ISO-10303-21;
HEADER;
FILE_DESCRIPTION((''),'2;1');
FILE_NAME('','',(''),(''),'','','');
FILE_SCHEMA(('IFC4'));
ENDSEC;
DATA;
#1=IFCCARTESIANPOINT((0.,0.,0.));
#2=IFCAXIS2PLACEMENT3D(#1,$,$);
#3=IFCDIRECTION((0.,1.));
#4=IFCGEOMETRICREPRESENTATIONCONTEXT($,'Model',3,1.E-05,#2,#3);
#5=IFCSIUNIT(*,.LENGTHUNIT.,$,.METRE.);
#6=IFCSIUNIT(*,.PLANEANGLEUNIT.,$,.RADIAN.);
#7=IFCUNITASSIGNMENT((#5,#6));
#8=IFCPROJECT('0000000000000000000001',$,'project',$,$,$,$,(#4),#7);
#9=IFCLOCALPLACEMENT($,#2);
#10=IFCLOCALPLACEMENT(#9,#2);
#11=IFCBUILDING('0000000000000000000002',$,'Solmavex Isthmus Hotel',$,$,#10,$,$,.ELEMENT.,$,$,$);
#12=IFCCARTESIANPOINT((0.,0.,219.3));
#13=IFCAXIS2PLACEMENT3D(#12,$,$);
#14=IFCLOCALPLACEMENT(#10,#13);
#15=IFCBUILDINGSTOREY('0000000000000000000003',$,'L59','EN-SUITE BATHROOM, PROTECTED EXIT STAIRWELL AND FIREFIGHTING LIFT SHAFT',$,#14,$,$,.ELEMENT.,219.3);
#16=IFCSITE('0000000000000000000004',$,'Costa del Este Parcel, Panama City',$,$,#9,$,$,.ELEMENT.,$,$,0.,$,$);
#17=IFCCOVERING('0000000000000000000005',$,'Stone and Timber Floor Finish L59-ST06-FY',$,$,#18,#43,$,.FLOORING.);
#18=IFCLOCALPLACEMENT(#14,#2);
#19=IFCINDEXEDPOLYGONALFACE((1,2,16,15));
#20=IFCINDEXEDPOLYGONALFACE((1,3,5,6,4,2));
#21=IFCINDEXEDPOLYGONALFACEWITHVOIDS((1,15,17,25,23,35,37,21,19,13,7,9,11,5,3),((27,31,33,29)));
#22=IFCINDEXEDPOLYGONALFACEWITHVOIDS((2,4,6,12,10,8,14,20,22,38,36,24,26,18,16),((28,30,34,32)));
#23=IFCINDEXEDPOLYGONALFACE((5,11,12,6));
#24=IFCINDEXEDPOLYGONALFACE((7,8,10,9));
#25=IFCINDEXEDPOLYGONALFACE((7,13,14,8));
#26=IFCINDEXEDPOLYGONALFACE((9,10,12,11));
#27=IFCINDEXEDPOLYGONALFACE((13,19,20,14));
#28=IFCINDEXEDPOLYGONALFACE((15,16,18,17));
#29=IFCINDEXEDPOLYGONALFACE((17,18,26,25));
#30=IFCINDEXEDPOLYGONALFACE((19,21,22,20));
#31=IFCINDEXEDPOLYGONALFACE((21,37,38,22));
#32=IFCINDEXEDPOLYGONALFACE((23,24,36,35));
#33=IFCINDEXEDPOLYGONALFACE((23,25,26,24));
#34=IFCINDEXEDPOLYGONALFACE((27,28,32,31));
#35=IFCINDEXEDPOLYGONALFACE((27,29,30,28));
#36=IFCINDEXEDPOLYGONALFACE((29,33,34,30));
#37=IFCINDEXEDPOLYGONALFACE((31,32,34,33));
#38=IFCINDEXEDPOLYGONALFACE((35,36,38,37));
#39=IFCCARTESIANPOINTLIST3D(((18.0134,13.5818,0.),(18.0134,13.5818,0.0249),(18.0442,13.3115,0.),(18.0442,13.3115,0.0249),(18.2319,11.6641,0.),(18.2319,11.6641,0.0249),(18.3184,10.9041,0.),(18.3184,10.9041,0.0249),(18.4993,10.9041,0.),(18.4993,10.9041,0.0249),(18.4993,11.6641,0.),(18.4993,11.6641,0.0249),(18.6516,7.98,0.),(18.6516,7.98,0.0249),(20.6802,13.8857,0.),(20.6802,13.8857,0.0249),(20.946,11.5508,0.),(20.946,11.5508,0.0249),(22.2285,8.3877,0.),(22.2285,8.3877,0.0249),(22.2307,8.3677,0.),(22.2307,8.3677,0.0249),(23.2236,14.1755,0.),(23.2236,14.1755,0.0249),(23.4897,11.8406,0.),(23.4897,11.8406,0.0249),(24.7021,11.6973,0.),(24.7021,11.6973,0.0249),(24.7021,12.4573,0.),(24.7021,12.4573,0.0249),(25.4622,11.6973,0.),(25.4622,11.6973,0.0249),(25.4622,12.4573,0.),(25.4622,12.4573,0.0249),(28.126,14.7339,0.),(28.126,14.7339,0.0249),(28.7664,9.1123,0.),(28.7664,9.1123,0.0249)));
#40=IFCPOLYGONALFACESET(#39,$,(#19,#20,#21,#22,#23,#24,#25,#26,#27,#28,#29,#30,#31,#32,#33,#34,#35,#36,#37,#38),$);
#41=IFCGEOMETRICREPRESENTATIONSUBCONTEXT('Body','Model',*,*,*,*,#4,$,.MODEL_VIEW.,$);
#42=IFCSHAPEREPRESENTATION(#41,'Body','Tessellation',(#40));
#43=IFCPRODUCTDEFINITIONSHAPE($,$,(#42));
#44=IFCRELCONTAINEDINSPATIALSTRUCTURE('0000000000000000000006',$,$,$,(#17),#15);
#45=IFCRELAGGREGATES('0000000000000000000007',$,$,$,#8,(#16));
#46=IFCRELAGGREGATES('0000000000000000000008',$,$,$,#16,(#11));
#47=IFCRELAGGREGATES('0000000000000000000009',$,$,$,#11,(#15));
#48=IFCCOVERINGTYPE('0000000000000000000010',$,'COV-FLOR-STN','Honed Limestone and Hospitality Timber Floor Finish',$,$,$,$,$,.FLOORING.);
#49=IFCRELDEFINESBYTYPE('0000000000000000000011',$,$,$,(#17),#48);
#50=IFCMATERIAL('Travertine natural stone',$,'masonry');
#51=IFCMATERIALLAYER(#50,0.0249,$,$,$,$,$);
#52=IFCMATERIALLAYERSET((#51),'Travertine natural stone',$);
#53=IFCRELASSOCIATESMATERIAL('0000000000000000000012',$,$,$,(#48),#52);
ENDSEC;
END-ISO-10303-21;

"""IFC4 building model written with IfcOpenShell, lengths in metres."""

from ifc_helpers import new_model, si_unit, direction, frame, origin, place, context, subcontext, project, spatial, polyline, outline, extrude, material, layer, layer_set, type_object, element, save


model = new_model("IFC4")

# Units and contexts
model_context = context("Model", 3, precision=1e-05, world=origin(), true_north=direction((0.0, 1.0)))
body_context = subcontext(model_context, "Body", "Model", "MODEL_VIEW")
ifc_project = project(units=[si_unit("LENGTHUNIT", "METRE"), si_unit("PLANEANGLEUNIT", "RADIAN")], contexts=[model_context])

# Site, building, storey
site_placement = place(None, origin())
site = spatial("IfcSite", under=ifc_project, at=site_placement, Name="Costa del Este Parcel, Panama City", CompositionType="ELEMENT", RefElevation=0.0)
building_placement = place(site_placement, origin())
building = spatial("IfcBuilding", under=site, at=building_placement, Name="Solmavex Isthmus Hotel", CompositionType="ELEMENT")
storey_placement = place(building_placement, frame((0.0, 0.0, 219.3)))
storey = spatial("IfcBuildingStorey", under=building, at=storey_placement, Name="L59", Description="EN-SUITE BATHROOM, PROTECTED EXIT STAIRWELL AND FIREFIGHTING LIFT SHAFT", CompositionType="ELEMENT", Elevation=219.3)

# Covering
ifc_material_1 = material(Name="Travertine natural stone", Category="masonry")
ifc_layer_1 = layer(ifc_material_1, 0.0249)
ifc_layer_set_1 = layer_set([ifc_layer_1], Name="Travertine natural stone")
covering_type_1 = type_object("IfcCoveringType", Name="COV-FLOR-STN", Description="Honed Limestone and Hospitality Timber Floor Finish", PredefinedType="FLOORING", material=ifc_layer_set_1)
covering_1_placement = place(storey_placement, origin())
element("IfcCovering", 1, at=covering_1_placement, inside=storey, type_object=covering_type_1, Name="Stone and Timber Floor Finish L59-ST06-FY", PredefinedType="FLOORING", context=body_context, shape_type="SweptSolid", body=[
    extrude(outline(polyline([(20.6802, 13.8857), (18.0134, 13.5818), (18.0442, 13.3115), (18.2319, 11.6641), (18.4993, 11.6641), (18.4993, 10.9041), (18.3184, 10.9041), (18.6516, 7.98), (22.2285, 8.3877), (22.2307, 8.3677), (28.7664, 9.1123), (28.126, 14.7339), (23.2236, 14.1755), (23.4897, 11.8406), (20.946, 11.5508), (20.6802, 13.8857)]), holes=[polyline([(24.7021, 11.6973), (24.7021, 12.4573), (25.4622, 12.4573), (25.4622, 11.6973), (24.7021, 11.6973)])]), origin(), (0.0, 0.0, 1.0), 0.0249),
])

save(model, "model.ifc")
